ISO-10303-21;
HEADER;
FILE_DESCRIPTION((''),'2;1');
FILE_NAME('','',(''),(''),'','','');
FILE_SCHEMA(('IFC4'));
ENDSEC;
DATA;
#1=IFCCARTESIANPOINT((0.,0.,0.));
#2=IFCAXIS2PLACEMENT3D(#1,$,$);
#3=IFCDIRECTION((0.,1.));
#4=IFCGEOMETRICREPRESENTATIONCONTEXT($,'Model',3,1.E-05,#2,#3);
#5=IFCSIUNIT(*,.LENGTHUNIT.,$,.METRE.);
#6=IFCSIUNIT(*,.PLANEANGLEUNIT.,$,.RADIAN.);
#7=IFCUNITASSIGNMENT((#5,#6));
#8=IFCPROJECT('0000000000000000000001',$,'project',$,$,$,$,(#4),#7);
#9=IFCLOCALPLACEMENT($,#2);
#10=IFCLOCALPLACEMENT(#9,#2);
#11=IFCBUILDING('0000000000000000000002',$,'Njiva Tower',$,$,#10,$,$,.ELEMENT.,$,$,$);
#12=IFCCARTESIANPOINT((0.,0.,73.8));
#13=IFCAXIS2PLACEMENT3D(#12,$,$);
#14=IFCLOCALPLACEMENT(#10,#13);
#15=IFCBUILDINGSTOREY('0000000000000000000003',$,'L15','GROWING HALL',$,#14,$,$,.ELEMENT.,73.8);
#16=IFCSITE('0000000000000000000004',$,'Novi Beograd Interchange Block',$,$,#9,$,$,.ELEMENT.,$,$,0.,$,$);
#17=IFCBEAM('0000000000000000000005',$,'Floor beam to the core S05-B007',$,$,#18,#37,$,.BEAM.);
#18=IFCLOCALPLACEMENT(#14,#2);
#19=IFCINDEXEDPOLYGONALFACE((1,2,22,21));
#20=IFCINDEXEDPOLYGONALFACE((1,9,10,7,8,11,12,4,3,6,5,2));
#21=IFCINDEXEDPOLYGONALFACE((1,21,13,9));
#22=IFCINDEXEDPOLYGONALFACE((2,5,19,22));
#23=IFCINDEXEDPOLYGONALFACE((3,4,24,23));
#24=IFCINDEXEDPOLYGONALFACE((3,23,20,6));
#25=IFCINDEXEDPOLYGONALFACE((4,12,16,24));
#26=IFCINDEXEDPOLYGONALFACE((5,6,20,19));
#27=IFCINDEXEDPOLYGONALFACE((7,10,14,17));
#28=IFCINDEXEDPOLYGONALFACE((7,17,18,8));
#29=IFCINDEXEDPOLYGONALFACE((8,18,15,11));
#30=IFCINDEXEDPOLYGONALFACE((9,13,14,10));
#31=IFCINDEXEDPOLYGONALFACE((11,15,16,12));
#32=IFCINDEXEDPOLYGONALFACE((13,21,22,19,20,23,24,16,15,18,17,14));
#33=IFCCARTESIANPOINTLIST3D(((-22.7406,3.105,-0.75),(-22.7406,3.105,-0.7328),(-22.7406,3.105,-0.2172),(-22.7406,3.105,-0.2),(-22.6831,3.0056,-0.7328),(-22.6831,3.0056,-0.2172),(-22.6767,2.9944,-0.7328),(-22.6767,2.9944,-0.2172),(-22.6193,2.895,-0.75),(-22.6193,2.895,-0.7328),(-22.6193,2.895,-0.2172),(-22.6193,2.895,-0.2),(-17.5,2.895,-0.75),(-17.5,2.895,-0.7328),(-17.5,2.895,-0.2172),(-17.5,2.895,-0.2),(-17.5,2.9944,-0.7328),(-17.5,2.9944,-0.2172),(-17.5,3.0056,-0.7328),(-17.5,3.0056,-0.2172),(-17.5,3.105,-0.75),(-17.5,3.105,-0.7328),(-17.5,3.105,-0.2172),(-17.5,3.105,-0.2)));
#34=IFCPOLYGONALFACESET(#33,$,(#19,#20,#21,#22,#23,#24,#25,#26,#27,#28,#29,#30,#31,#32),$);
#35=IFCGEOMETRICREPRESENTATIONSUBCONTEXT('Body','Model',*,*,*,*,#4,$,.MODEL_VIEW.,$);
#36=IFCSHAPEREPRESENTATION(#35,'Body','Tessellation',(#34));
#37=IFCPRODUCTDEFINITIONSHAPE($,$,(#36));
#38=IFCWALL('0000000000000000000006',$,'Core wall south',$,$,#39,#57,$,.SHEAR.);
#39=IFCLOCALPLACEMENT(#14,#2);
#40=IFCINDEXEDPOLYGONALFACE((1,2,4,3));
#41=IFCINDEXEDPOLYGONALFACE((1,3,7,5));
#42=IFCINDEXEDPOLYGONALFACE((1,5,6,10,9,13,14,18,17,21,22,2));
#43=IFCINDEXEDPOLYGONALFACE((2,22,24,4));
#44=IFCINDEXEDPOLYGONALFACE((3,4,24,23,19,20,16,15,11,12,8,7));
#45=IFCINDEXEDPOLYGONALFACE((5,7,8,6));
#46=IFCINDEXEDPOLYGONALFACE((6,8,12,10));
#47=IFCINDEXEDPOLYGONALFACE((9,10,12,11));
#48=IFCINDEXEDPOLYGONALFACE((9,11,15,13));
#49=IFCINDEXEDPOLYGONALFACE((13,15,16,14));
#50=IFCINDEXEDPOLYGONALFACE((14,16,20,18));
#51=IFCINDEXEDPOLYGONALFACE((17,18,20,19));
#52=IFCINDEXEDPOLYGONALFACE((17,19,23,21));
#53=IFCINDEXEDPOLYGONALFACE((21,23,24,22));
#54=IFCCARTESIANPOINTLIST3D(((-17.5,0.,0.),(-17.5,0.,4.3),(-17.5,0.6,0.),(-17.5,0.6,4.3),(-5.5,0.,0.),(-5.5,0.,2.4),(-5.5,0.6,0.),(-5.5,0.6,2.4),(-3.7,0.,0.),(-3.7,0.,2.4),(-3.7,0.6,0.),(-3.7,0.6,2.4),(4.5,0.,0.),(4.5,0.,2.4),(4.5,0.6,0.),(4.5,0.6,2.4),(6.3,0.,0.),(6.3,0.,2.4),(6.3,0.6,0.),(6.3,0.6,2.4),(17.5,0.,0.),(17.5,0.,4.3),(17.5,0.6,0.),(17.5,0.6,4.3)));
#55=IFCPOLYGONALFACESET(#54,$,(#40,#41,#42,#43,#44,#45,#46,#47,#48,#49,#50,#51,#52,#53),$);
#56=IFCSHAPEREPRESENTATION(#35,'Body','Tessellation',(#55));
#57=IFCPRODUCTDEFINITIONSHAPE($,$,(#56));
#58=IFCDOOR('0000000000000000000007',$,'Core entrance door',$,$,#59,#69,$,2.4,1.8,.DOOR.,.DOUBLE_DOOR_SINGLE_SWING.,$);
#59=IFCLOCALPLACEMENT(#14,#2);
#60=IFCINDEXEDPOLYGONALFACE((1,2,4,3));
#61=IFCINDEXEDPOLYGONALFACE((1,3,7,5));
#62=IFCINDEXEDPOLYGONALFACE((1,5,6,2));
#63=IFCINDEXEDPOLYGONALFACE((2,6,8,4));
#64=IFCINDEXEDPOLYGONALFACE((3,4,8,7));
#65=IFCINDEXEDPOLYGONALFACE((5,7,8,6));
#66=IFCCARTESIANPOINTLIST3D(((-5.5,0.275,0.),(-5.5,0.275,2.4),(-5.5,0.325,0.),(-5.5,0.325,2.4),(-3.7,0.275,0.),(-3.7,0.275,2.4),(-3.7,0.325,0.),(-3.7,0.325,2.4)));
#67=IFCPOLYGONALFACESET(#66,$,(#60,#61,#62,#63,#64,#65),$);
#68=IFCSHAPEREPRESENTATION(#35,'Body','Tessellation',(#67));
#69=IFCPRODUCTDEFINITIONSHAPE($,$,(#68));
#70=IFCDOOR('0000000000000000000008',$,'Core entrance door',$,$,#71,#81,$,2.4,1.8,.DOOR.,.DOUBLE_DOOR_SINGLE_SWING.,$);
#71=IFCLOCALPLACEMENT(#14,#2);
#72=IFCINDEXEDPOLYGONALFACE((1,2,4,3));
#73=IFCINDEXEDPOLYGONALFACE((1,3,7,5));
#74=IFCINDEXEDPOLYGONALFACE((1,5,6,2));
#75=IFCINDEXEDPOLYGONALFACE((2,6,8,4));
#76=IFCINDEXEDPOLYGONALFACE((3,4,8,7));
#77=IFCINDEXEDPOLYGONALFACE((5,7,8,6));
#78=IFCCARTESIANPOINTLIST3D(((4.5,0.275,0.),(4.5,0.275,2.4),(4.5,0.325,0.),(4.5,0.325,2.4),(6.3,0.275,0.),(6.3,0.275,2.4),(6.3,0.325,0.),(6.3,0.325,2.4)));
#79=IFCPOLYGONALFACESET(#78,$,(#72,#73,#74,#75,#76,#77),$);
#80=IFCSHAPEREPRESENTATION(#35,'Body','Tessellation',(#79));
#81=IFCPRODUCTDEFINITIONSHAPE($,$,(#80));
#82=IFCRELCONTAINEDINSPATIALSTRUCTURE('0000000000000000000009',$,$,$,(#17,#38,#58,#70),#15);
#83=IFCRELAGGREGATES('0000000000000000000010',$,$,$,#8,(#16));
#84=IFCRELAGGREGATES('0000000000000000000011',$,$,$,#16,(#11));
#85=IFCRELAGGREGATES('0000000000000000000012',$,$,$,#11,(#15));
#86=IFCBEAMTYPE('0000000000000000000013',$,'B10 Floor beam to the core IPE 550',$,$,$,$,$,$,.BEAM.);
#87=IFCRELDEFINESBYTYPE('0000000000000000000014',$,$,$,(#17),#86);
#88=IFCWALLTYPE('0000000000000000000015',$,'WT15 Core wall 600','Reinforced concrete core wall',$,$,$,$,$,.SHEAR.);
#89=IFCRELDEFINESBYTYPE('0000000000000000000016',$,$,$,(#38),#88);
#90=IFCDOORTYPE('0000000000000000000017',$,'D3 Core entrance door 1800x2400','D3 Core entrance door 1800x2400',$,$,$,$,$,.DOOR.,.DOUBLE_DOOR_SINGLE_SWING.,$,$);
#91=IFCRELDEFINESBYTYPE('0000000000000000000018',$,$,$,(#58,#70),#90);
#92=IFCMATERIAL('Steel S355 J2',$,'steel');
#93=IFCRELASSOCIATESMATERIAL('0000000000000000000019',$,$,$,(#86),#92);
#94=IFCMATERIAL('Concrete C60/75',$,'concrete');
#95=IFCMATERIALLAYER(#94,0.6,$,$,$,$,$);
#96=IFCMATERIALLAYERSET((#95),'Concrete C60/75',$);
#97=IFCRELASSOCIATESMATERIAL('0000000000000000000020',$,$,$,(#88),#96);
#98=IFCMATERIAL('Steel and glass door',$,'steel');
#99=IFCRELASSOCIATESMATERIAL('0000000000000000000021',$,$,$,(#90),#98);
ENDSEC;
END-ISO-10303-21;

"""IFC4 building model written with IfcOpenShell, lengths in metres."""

from ifc_helpers import new_model, si_unit, direction, frame, frame_2d, origin, origin_2d, place, context, subcontext, project, spatial, rectangle, i_section, extrude, clip, halfspace, material, layer, layer_set, material_profile, profile_set, type_object, element, fill, save


model = new_model("IFC4")

# Units and contexts
model_context = context("Model", 3, precision=1e-05, world=origin(), true_north=direction((0.0, 1.0)))
body_context = subcontext(model_context, "Body", "Model", "MODEL_VIEW")
ifc_project = project(units=[si_unit("LENGTHUNIT", "METRE"), si_unit("PLANEANGLEUNIT", "RADIAN")], contexts=[model_context])

# Site, building, storey
site_placement = place(None, origin())
site = spatial("IfcSite", under=ifc_project, at=site_placement, Name="Novi Beograd Interchange Block", CompositionType="ELEMENT", RefElevation=0.0)
building_placement = place(site_placement, origin())
building = spatial("IfcBuilding", under=site, at=building_placement, Name="Njiva Tower", CompositionType="ELEMENT")
storey_placement = place(building_placement, frame((0.0, 0.0, 73.8)))
storey = spatial("IfcBuildingStorey", under=building, at=storey_placement, Name="L15", Description="GROWING HALL", CompositionType="ELEMENT", Elevation=73.8)

# Beam
ifc_material_1 = material(Name="Steel S355 J2", Category="steel")
ifc_material_profile_1 = material_profile(ifc_material_1, i_section(OverallWidth=0.21, OverallDepth=0.55, WebThickness=0.0111, FlangeThickness=0.0172, at=origin_2d()), Name="IPE 550")
ifc_profile_set_1 = profile_set([ifc_material_profile_1], Name="Steel S355 J2")
beam_type_1 = type_object("IfcBeamType", Name="B10 Floor beam to the core IPE 550", PredefinedType="BEAM", material=ifc_profile_set_1)
beam_1_placement = place(storey_placement, frame((-22.761, 3.0, -0.475), z_axis=(1.0, 0.0, 0.0), x_axis=(0.0, 1.0, 0.0)))
element("IfcBeam", 1, at=beam_1_placement, inside=storey, type_object=beam_type_1, Name="Floor beam to the core S05-B007", PredefinedType="BEAM", context=body_context, shape_type="Clipping", body=[
    clip(extrude(i_section(OverallWidth=0.21, OverallDepth=0.55, WebThickness=0.0111, FlangeThickness=0.0172, at=origin_2d()), origin(), (0.0, 0.0, 1.0), 5.261), halfspace(frame((-0.025, 0.0, 0.0955), z_axis=(-0.499998, 0.0, -0.866027), x_axis=(0.0, -1.0, 0.0)), False)),
])

# Wall, openings, doors
ifc_material_2 = material(Name="Concrete C60/75", Category="concrete")
ifc_layer_1 = layer(ifc_material_2, 0.6)
ifc_layer_set_1 = layer_set([ifc_layer_1], Name="Concrete C60/75")
wall_type_1 = type_object("IfcWallType", Name="WT15 Core wall 600", Description="Reinforced concrete core wall", PredefinedType="SHEAR", material=ifc_layer_set_1)
wall_1_placement = place(storey_placement, frame((-17.5, 0.3, 0.0), z_axis=(0.0, 0.0, 1.0), x_axis=(1.0, 0.0, 0.0)))
wall_1 = element("IfcWall", 2, at=wall_1_placement, inside=storey, type_object=wall_type_1, Name="Core wall south", PredefinedType="SHEAR", context=body_context, shape_type="SweptSolid", body=[
    extrude(rectangle(XDim=35.0, YDim=0.6, at=frame_2d((17.5, 0.0))), origin(), (0.0, 0.0, 1.0), 4.3),
])
opening_1_placement = place(wall_1_placement, frame((12.0, 0.0, 0.0)))
opening_1 = element("IfcOpeningElement", 3, at=opening_1_placement, cuts=wall_1, PredefinedType="OPENING", context=body_context, shape_type="SweptSolid", body=[
    extrude(rectangle(XDim=1.8, YDim=2.4, at=frame_2d((0.9, 1.2))), frame((0.0, 0.31, 0.0), z_axis=(0.0, -1.0, 0.0), x_axis=(1.0, 0.0, 0.0)), (0.0, 0.0, 1.0), 0.62),
])
opening_2_placement = place(wall_1_placement, frame((22.0, 0.0, 0.0)))
opening_2 = element("IfcOpeningElement", 4, at=opening_2_placement, cuts=wall_1, PredefinedType="OPENING", context=body_context, shape_type="SweptSolid", body=[
    extrude(rectangle(XDim=1.8, YDim=2.4, at=frame_2d((0.9, 1.2))), frame((0.0, 0.31, 0.0), z_axis=(0.0, -1.0, 0.0), x_axis=(1.0, 0.0, 0.0)), (0.0, 0.0, 1.0), 0.62),
])
ifc_material_3 = material(Name="Steel and glass door", Category="steel")
door_type_1 = type_object("IfcDoorType", Name="D3 Core entrance door 1800x2400", Description="D3 Core entrance door 1800x2400", OperationType="DOUBLE_DOOR_SINGLE_SWING", PredefinedType="DOOR", material=ifc_material_3)
door_1_placement = place(opening_1_placement, origin())
door_1 = element("IfcDoor", 5, at=door_1_placement, inside=storey, type_object=door_type_1, Name="Core entrance door", OperationType="DOUBLE_DOOR_SINGLE_SWING", OverallHeight=2.4, OverallWidth=1.8, PredefinedType="DOOR", context=body_context, shape_type="SweptSolid", body=[
    extrude(rectangle(XDim=1.8, YDim=2.4, at=frame_2d((0.9, 1.2))), frame((0.0, 0.025, 0.0), z_axis=(0.0, -1.0, 0.0), x_axis=(1.0, 0.0, 0.0)), (0.0, 0.0, 1.0), 0.05),
])
fill(opening_1, door_1)
door_2_placement = place(opening_2_placement, origin())
door_2 = element("IfcDoor", 6, at=door_2_placement, inside=storey, type_object=door_type_1, Name="Core entrance door", OperationType="DOUBLE_DOOR_SINGLE_SWING", OverallHeight=2.4, OverallWidth=1.8, PredefinedType="DOOR", context=body_context, shape_type="SweptSolid", body=[
    extrude(rectangle(XDim=1.8, YDim=2.4, at=frame_2d((0.9, 1.2))), frame((0.0, 0.025, 0.0), z_axis=(0.0, -1.0, 0.0), x_axis=(1.0, 0.0, 0.0)), (0.0, 0.0, 1.0), 0.05),
])
fill(opening_2, door_2)

save(model, "model.ifc")
